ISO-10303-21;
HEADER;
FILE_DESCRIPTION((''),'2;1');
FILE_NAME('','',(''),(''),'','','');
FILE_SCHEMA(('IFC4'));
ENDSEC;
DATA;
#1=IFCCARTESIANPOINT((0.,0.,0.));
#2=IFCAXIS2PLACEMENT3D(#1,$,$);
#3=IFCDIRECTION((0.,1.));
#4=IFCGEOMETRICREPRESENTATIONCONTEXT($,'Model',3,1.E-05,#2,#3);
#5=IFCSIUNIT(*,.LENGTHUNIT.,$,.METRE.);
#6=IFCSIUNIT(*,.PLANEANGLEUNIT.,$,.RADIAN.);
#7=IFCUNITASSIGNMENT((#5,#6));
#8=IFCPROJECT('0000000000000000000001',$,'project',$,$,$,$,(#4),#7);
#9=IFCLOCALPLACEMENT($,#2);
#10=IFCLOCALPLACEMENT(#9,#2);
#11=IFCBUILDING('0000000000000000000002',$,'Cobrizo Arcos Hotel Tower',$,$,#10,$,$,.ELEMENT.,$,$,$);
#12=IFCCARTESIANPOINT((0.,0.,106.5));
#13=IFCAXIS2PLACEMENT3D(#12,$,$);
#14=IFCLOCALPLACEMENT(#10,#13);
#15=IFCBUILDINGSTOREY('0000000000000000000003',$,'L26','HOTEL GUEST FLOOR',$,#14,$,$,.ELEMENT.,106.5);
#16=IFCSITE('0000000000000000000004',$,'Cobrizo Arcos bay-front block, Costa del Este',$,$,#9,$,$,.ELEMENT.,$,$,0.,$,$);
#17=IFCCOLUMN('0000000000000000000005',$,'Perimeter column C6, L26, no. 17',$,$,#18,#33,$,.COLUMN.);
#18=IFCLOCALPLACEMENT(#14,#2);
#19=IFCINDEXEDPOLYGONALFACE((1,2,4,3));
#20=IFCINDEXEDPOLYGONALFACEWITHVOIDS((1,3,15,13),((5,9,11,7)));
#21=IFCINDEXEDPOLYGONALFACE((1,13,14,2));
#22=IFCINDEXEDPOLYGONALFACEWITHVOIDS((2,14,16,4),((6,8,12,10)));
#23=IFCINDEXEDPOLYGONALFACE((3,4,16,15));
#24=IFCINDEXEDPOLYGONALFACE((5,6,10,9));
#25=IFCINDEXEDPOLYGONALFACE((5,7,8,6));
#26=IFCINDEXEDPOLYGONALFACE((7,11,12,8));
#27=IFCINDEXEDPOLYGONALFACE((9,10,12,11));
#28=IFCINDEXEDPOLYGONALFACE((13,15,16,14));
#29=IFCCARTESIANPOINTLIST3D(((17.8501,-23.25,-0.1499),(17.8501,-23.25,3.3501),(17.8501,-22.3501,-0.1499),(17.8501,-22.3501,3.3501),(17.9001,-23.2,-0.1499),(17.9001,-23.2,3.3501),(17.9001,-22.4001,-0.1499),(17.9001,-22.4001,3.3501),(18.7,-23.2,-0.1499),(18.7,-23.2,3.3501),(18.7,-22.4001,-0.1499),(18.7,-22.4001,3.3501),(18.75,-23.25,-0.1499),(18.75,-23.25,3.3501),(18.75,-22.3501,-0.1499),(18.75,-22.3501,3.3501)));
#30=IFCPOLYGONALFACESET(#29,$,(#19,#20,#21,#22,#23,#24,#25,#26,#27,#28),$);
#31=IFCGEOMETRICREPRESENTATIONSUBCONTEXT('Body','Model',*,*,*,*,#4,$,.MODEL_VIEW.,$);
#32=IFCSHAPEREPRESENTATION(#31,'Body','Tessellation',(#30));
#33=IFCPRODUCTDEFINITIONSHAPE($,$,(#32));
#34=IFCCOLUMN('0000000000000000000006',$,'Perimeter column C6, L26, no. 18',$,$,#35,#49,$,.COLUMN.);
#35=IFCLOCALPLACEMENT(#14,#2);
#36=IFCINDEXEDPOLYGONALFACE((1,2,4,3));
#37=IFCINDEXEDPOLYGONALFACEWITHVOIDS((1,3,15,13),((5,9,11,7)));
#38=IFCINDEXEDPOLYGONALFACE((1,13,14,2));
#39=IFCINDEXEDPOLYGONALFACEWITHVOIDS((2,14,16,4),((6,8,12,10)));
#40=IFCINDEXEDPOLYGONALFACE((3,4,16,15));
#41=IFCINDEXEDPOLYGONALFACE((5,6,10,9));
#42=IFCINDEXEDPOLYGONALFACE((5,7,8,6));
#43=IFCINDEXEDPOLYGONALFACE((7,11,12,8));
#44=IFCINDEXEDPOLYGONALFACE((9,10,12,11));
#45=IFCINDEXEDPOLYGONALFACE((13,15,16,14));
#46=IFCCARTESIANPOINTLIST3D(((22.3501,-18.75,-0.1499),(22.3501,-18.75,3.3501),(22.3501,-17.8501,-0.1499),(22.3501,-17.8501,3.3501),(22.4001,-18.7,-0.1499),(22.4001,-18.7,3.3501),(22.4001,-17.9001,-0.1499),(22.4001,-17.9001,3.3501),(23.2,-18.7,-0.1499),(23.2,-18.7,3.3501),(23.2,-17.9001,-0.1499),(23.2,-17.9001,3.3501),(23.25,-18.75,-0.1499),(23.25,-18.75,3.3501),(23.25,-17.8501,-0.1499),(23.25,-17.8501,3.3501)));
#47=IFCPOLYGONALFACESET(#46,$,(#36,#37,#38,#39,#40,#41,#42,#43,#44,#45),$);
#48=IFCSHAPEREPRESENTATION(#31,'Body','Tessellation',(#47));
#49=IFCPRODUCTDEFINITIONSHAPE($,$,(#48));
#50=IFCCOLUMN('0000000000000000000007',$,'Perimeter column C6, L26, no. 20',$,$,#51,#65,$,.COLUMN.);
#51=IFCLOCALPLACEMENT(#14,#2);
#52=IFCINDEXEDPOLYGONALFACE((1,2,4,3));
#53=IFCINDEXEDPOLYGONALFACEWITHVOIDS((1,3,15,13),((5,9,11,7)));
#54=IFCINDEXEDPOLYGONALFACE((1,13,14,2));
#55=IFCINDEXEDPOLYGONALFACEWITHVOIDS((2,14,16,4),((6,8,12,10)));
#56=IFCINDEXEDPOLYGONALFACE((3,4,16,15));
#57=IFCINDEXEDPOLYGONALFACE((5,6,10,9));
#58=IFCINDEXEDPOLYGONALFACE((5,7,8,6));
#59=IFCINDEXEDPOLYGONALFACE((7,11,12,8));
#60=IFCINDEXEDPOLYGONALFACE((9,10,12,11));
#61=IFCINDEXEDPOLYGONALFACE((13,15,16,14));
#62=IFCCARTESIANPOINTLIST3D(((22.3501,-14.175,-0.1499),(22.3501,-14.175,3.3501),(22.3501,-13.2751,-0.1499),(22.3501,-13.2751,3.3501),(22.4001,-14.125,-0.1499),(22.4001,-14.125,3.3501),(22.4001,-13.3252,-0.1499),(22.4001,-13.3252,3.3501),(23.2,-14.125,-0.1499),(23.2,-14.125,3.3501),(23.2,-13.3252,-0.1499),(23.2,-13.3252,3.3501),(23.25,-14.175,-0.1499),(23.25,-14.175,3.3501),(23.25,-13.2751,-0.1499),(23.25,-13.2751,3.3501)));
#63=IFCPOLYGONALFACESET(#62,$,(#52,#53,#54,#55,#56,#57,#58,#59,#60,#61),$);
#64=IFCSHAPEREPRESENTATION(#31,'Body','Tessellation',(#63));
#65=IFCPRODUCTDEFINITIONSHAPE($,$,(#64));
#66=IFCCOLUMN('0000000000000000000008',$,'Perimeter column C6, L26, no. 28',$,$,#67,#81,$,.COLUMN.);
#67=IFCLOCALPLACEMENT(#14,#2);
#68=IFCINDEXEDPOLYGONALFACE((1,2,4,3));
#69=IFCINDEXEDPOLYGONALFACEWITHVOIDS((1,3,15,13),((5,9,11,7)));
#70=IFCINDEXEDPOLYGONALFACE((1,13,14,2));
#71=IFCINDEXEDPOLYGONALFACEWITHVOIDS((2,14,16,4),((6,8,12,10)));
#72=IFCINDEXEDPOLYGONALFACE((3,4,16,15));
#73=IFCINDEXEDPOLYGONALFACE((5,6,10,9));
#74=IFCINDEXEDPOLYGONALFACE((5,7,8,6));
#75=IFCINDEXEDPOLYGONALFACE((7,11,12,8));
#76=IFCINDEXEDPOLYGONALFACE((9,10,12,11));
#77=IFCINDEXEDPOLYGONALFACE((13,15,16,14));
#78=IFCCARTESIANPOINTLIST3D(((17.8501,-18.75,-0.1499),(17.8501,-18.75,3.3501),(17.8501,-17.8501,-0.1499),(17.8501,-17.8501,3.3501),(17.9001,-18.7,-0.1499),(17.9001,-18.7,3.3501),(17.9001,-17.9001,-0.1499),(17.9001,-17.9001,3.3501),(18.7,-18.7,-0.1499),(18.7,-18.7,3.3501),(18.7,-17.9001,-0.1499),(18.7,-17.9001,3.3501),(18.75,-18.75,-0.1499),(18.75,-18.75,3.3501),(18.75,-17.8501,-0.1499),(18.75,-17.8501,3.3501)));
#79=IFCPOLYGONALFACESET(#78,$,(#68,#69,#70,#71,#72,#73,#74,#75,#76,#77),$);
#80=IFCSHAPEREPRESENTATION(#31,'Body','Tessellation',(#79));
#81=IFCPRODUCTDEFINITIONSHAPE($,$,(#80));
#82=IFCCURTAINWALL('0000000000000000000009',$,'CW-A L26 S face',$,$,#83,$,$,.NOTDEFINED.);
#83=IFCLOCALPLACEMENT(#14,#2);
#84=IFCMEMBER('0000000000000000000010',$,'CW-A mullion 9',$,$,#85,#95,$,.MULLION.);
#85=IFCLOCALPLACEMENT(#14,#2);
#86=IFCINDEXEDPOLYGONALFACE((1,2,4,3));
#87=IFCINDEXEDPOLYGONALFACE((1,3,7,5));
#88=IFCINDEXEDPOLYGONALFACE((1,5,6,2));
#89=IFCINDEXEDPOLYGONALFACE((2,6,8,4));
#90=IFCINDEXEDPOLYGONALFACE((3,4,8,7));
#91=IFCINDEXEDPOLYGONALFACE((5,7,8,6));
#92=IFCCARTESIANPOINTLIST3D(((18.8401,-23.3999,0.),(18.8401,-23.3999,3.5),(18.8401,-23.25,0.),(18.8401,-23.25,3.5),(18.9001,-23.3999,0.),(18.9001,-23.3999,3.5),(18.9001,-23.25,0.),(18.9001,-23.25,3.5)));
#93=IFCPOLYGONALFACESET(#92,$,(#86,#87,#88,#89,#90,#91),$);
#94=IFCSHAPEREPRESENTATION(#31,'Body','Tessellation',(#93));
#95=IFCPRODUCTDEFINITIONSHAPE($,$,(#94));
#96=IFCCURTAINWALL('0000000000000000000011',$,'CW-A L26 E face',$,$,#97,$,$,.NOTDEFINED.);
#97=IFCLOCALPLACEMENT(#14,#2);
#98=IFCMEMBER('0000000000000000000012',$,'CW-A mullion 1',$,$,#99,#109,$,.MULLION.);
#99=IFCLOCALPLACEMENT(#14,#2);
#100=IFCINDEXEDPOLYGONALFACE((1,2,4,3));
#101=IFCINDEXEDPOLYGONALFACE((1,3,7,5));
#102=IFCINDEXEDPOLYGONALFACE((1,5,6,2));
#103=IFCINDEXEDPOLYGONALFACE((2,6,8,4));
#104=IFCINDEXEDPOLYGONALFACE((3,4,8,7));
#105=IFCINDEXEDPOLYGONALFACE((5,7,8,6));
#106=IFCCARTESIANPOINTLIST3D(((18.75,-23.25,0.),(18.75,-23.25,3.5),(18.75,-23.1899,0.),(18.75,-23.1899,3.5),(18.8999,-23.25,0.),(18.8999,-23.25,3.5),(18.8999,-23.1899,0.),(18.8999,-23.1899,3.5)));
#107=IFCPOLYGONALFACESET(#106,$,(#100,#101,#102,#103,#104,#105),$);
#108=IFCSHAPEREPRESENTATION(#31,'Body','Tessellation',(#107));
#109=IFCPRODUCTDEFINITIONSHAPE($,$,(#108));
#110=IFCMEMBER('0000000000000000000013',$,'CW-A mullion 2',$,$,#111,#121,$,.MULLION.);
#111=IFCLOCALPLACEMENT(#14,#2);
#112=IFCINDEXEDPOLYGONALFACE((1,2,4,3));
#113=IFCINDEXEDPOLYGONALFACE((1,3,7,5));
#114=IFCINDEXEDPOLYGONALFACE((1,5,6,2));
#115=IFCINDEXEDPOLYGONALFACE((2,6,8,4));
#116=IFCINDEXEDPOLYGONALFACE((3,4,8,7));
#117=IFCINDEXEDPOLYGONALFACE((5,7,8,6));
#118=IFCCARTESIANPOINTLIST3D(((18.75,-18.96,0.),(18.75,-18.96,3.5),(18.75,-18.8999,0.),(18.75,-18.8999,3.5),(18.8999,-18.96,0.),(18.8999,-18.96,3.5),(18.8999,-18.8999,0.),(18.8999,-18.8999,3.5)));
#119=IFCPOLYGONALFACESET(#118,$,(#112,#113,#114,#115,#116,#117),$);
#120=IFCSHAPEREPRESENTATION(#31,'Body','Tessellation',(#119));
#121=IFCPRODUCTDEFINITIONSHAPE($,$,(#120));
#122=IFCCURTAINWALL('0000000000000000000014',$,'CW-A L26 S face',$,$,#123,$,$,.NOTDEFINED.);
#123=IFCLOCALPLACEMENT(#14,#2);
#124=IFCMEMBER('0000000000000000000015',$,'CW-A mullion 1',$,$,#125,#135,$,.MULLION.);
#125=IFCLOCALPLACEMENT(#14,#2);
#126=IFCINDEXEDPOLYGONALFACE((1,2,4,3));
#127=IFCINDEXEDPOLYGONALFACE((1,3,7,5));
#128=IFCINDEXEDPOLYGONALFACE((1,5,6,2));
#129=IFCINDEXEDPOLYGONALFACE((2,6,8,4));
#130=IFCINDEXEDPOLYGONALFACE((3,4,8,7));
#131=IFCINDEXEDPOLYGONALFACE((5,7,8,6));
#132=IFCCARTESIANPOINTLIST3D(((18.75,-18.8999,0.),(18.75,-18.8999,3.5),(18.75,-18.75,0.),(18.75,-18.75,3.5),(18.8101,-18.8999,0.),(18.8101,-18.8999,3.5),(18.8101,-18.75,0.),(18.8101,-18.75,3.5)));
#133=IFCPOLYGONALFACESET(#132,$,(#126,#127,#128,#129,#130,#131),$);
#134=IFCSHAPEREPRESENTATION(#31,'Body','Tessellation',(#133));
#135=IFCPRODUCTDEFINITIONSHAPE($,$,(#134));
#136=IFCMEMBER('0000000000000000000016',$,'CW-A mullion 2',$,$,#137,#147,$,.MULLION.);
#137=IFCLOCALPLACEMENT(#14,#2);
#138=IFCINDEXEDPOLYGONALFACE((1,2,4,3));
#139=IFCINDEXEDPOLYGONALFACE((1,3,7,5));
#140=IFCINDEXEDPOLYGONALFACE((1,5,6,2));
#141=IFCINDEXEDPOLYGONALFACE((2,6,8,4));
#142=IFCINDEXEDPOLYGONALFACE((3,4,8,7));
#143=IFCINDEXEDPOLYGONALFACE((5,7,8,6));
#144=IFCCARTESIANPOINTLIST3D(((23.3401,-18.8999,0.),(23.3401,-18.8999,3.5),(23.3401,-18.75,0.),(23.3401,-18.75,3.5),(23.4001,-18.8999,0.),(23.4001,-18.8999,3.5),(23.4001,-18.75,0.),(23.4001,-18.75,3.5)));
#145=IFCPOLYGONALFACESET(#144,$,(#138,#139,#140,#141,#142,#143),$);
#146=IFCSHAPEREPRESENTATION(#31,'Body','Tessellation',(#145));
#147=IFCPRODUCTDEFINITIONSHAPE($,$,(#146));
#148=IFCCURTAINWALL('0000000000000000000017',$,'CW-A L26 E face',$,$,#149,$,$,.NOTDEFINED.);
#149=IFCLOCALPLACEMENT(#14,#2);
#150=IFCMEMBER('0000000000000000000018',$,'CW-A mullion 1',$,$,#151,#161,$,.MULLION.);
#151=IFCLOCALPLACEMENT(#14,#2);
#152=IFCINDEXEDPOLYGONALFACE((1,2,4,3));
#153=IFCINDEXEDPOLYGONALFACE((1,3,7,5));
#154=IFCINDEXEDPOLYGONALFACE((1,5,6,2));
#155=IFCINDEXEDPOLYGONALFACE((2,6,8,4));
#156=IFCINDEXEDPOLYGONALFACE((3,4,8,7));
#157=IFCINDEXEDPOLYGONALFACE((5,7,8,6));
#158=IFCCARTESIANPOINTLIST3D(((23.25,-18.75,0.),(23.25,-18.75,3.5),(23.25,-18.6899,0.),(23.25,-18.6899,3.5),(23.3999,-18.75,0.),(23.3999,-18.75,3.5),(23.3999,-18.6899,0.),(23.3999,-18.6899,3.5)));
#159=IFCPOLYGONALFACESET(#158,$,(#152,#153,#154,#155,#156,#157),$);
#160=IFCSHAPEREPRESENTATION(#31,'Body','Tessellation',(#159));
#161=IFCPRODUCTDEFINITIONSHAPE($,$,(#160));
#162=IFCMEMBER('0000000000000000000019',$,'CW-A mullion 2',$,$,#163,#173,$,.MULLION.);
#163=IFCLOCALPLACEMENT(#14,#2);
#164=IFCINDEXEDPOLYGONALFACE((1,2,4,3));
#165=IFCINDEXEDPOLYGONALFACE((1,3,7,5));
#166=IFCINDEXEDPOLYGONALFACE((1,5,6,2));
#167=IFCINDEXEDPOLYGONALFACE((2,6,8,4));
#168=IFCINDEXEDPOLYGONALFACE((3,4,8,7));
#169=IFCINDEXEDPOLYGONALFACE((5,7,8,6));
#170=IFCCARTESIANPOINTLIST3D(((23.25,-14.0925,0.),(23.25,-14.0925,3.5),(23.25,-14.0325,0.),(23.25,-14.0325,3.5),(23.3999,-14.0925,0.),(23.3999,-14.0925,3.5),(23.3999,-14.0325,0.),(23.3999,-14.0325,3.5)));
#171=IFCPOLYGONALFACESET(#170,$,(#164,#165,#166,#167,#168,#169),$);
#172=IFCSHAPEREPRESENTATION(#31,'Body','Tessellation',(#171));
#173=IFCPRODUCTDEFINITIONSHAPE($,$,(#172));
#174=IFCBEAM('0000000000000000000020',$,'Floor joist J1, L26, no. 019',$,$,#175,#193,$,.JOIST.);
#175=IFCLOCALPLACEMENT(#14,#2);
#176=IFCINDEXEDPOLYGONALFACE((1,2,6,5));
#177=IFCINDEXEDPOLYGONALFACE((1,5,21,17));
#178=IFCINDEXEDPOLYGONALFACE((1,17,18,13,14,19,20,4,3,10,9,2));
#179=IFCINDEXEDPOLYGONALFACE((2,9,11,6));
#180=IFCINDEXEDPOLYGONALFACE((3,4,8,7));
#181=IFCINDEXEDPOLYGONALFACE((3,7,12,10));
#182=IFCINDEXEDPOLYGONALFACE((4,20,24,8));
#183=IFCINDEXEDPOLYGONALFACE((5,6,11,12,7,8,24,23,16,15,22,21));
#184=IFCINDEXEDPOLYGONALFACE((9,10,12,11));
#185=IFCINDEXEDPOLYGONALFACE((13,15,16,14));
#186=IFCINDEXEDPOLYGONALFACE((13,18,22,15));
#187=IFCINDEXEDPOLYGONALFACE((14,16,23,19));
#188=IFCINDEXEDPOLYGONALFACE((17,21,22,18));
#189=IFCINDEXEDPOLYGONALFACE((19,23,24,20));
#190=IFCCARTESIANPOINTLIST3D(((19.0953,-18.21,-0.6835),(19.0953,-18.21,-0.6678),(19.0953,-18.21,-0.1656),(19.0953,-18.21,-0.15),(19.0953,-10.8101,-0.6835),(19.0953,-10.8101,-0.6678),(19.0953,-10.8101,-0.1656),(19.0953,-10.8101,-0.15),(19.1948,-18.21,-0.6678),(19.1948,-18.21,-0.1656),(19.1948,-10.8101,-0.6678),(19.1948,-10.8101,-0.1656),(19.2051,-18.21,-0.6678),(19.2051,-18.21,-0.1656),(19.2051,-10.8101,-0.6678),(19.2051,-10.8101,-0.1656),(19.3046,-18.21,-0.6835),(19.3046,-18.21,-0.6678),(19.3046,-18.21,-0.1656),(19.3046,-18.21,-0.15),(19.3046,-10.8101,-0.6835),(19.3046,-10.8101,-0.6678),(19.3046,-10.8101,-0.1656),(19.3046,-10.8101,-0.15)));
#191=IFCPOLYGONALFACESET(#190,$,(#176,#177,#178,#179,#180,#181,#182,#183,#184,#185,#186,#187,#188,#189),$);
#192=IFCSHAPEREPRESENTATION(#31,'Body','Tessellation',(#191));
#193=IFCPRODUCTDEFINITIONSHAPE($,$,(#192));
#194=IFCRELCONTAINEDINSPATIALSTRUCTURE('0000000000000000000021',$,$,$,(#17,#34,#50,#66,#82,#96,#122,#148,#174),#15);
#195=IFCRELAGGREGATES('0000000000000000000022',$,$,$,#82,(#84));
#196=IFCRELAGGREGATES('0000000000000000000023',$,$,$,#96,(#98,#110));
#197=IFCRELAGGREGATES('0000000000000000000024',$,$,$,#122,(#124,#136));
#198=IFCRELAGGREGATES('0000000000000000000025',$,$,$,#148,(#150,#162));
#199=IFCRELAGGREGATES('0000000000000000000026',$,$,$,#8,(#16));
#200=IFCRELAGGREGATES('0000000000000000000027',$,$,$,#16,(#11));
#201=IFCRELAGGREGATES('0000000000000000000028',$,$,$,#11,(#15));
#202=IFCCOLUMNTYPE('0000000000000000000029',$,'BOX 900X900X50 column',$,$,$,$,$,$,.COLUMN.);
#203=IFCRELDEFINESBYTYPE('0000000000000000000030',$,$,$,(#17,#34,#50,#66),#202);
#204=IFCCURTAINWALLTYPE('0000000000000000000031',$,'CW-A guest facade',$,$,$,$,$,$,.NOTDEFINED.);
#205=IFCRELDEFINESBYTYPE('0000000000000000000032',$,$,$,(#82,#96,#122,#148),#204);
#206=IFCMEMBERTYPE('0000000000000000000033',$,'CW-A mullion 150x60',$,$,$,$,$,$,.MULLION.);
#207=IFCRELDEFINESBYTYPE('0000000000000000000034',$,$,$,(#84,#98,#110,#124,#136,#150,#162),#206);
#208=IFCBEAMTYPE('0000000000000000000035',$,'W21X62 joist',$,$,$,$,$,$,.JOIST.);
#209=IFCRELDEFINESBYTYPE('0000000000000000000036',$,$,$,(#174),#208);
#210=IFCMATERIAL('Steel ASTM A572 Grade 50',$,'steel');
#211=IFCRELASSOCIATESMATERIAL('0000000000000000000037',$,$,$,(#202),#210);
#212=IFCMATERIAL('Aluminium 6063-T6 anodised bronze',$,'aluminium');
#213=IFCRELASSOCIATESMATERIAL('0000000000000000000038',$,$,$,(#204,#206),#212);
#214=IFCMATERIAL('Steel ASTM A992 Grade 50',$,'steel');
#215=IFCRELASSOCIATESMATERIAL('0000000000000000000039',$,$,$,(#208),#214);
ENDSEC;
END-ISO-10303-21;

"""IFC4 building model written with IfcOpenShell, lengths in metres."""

from ifc_helpers import new_model, si_unit, direction, frame, origin, origin_2d, place, context, subcontext, project, spatial, rectangle, hollow_rectangle, i_section, extrude, material, material_profile, profile_set, type_object, element, aggregate, save


model = new_model("IFC4")

# Units and contexts
model_context = context("Model", 3, precision=1e-05, world=origin(), true_north=direction((0.0, 1.0)))
body_context = subcontext(model_context, "Body", "Model", "MODEL_VIEW")
ifc_project = project(units=[si_unit("LENGTHUNIT", "METRE"), si_unit("PLANEANGLEUNIT", "RADIAN")], contexts=[model_context])

# Site, building, storey
site_placement = place(None, origin())
site = spatial("IfcSite", under=ifc_project, at=site_placement, Name="Cobrizo Arcos bay-front block, Costa del Este", CompositionType="ELEMENT", RefElevation=0.0)
building_placement = place(site_placement, origin())
building = spatial("IfcBuilding", under=site, at=building_placement, Name="Cobrizo Arcos Hotel Tower", CompositionType="ELEMENT")
storey_placement = place(building_placement, frame((0.0, 0.0, 106.5)))
storey = spatial("IfcBuildingStorey", under=building, at=storey_placement, Name="L26", Description="HOTEL GUEST FLOOR", CompositionType="ELEMENT", Elevation=106.5)

# Columns
ifc_material_1 = material(Name="Steel ASTM A572 Grade 50", Category="steel")
ifc_material_profile_1 = material_profile(ifc_material_1, hollow_rectangle(XDim=0.8999, YDim=0.8999, WallThickness=0.05, at=origin_2d()), Name="BOX 900X900X50")
ifc_profile_set_1 = profile_set([ifc_material_profile_1], Name="Steel ASTM A572 Grade 50")
column_type = type_object("IfcColumnType", Name="BOX 900X900X50 column", PredefinedType="COLUMN", material=ifc_profile_set_1)
for number, where, z_axis, x_axis, name in (
    (1, (18.3, -22.8, -0.1499), (0.0, 0.0, 1.0), (1.0, 0.0, 0.0), "Perimeter column C6, L26, no. 17"),
    (2, (22.8, -18.3, -0.1499), (0.0, 0.0, 1.0), (1.0, 0.0, 0.0), "Perimeter column C6, L26, no. 18"),
    (3, (22.8, -13.7251, -0.1499), (0.0, 0.0, 1.0), (1.0, 0.0, 0.0), "Perimeter column C6, L26, no. 20"),
    (4, (18.3, -18.3, -0.1499), (0.0, 0.0, 1.0), (1.0, 0.0, 0.0), "Perimeter column C6, L26, no. 28"),
):
    element("IfcColumn", number, at=place(storey_placement, frame(where, z_axis=z_axis, x_axis=x_axis)), inside=storey, type_object=column_type, Name=name, PredefinedType="COLUMN", context=body_context, shape_type="SweptSolid", body=[
        extrude(hollow_rectangle(XDim=0.8999, YDim=0.8999, WallThickness=0.05, at=origin_2d()), origin(), (0.0, 0.0, 1.0), 3.5),
    ])

# Curtain wall, member
ifc_material_2 = material(Name="Aluminium 6063-T6 anodised bronze", Category="aluminium")
curtain_wall_type = type_object("IfcCurtainWallType", Name="CW-A guest facade", PredefinedType="NOTDEFINED", material=ifc_material_2)
curtain_wall_1_placement = place(storey_placement, origin())
curtain_wall_1 = element("IfcCurtainWall", 5, at=curtain_wall_1_placement, inside=storey, type_object=curtain_wall_type, Name="CW-A L26 S face", PredefinedType="NOTDEFINED")
ifc_material_profile_2 = material_profile(ifc_material_2, rectangle(XDim=0.1499, YDim=0.0601, at=origin_2d()), Name="CW-A mullion 150x60")
ifc_profile_set_2 = profile_set([ifc_material_profile_2], Name="Aluminium 6063-T6 anodised bronze")
member_type = type_object("IfcMemberType", Name="CW-A mullion 150x60", PredefinedType="MULLION", material=ifc_profile_set_2)
member_1_placement = place(storey_placement, frame((18.8701, -23.325, 0.0), z_axis=(0.0, 0.0, 1.0), x_axis=(0.0, -1.0, 0.0)))
member_1 = element("IfcMember", 6, at=member_1_placement, type_object=member_type, Name="CW-A mullion 9", PredefinedType="MULLION", context=body_context, shape_type="SweptSolid", body=[
    extrude(rectangle(XDim=0.1499, YDim=0.0601, at=origin_2d()), origin(), (0.0, 0.0, 1.0), 3.5),
])

# Curtain walls, members
curtain_wall_2_placement = place(storey_placement, origin())
curtain_wall_2 = element("IfcCurtainWall", 7, at=curtain_wall_2_placement, inside=storey, type_object=curtain_wall_type, Name="CW-A L26 E face", PredefinedType="NOTDEFINED")
member_2_placement = place(storey_placement, frame((18.825, -23.22, 0.0), z_axis=(0.0, 0.0, 1.0), x_axis=(1.0, 0.0, 0.0)))
member_2 = element("IfcMember", 8, at=member_2_placement, type_object=member_type, Name="CW-A mullion 1", PredefinedType="MULLION", context=body_context, shape_type="SweptSolid", body=[
    extrude(rectangle(XDim=0.1499, YDim=0.0601, at=origin_2d()), origin(), (0.0, 0.0, 1.0), 3.5),
])
member_3_placement = place(storey_placement, frame((18.825, -18.9299, 0.0), z_axis=(0.0, 0.0, 1.0), x_axis=(1.0, 0.0, 0.0)))
member_3 = element("IfcMember", 9, at=member_3_placement, type_object=member_type, Name="CW-A mullion 2", PredefinedType="MULLION", context=body_context, shape_type="SweptSolid", body=[
    extrude(rectangle(XDim=0.1499, YDim=0.0601, at=origin_2d()), origin(), (0.0, 0.0, 1.0), 3.5),
])
curtain_wall_3_placement = place(storey_placement, origin())
curtain_wall_3 = element("IfcCurtainWall", 10, at=curtain_wall_3_placement, inside=storey, type_object=curtain_wall_type, Name="CW-A L26 S face", PredefinedType="NOTDEFINED")
member_4_placement = place(storey_placement, frame((18.78, -18.825, 0.0), z_axis=(0.0, 0.0, 1.0), x_axis=(0.0, -1.0, 0.0)))
member_4 = element("IfcMember", 11, at=member_4_placement, type_object=member_type, Name="CW-A mullion 1", PredefinedType="MULLION", context=body_context, shape_type="SweptSolid", body=[
    extrude(rectangle(XDim=0.1499, YDim=0.0601, at=origin_2d()), origin(), (0.0, 0.0, 1.0), 3.5),
])
member_5_placement = place(storey_placement, frame((23.3701, -18.825, 0.0), z_axis=(0.0, 0.0, 1.0), x_axis=(0.0, -1.0, 0.0)))
member_5 = element("IfcMember", 12, at=member_5_placement, type_object=member_type, Name="CW-A mullion 2", PredefinedType="MULLION", context=body_context, shape_type="SweptSolid", body=[
    extrude(rectangle(XDim=0.1499, YDim=0.0601, at=origin_2d()), origin(), (0.0, 0.0, 1.0), 3.5),
])
curtain_wall_4_placement = place(storey_placement, origin())
curtain_wall_4 = element("IfcCurtainWall", 13, at=curtain_wall_4_placement, inside=storey, type_object=curtain_wall_type, Name="CW-A L26 E face", PredefinedType="NOTDEFINED")
member_6_placement = place(storey_placement, frame((23.325, -18.72, 0.0), z_axis=(0.0, 0.0, 1.0), x_axis=(1.0, 0.0, 0.0)))
member_6 = element("IfcMember", 14, at=member_6_placement, type_object=member_type, Name="CW-A mullion 1", PredefinedType="MULLION", context=body_context, shape_type="SweptSolid", body=[
    extrude(rectangle(XDim=0.1499, YDim=0.0601, at=origin_2d()), origin(), (0.0, 0.0, 1.0), 3.5),
])
member_7_placement = place(storey_placement, frame((23.325, -14.0625, 0.0), z_axis=(0.0, 0.0, 1.0), x_axis=(1.0, 0.0, 0.0)))
member_7 = element("IfcMember", 15, at=member_7_placement, type_object=member_type, Name="CW-A mullion 2", PredefinedType="MULLION", context=body_context, shape_type="SweptSolid", body=[
    extrude(rectangle(XDim=0.1499, YDim=0.0601, at=origin_2d()), origin(), (0.0, 0.0, 1.0), 3.5),
])

# Beam
ifc_material_3 = material(Name="Steel ASTM A992 Grade 50", Category="steel")
ifc_material_profile_3 = material_profile(ifc_material_3, i_section(OverallWidth=0.2092, OverallDepth=0.5334, WebThickness=0.0103, FlangeThickness=0.0156, at=origin_2d()), Name="W21X62")
ifc_profile_set_3 = profile_set([ifc_material_profile_3], Name="Steel ASTM A992 Grade 50")
beam_type_1 = type_object("IfcBeamType", Name="W21X62 joist", PredefinedType="JOIST", material=ifc_profile_set_3)
beam_1_placement = place(storey_placement, frame((19.2, -18.21, -0.4167), z_axis=(0.0, 1.0, 0.0), x_axis=(-1.0, 0.0, 0.0)))
element("IfcBeam", 16, at=beam_1_placement, inside=storey, type_object=beam_type_1, Name="Floor joist J1, L26, no. 019", PredefinedType="JOIST", context=body_context, shape_type="SweptSolid", body=[
    extrude(i_section(OverallWidth=0.2092, OverallDepth=0.5334, WebThickness=0.0103, FlangeThickness=0.0156, at=origin_2d()), origin(), (0.0, 0.0, 1.0), 7.3999),
])

aggregate(curtain_wall_1, [member_1])
aggregate(curtain_wall_2, [member_2, member_3])
aggregate(curtain_wall_3, [member_4, member_5])
aggregate(curtain_wall_4, [member_6, member_7])

save(model, "model.ifc")
